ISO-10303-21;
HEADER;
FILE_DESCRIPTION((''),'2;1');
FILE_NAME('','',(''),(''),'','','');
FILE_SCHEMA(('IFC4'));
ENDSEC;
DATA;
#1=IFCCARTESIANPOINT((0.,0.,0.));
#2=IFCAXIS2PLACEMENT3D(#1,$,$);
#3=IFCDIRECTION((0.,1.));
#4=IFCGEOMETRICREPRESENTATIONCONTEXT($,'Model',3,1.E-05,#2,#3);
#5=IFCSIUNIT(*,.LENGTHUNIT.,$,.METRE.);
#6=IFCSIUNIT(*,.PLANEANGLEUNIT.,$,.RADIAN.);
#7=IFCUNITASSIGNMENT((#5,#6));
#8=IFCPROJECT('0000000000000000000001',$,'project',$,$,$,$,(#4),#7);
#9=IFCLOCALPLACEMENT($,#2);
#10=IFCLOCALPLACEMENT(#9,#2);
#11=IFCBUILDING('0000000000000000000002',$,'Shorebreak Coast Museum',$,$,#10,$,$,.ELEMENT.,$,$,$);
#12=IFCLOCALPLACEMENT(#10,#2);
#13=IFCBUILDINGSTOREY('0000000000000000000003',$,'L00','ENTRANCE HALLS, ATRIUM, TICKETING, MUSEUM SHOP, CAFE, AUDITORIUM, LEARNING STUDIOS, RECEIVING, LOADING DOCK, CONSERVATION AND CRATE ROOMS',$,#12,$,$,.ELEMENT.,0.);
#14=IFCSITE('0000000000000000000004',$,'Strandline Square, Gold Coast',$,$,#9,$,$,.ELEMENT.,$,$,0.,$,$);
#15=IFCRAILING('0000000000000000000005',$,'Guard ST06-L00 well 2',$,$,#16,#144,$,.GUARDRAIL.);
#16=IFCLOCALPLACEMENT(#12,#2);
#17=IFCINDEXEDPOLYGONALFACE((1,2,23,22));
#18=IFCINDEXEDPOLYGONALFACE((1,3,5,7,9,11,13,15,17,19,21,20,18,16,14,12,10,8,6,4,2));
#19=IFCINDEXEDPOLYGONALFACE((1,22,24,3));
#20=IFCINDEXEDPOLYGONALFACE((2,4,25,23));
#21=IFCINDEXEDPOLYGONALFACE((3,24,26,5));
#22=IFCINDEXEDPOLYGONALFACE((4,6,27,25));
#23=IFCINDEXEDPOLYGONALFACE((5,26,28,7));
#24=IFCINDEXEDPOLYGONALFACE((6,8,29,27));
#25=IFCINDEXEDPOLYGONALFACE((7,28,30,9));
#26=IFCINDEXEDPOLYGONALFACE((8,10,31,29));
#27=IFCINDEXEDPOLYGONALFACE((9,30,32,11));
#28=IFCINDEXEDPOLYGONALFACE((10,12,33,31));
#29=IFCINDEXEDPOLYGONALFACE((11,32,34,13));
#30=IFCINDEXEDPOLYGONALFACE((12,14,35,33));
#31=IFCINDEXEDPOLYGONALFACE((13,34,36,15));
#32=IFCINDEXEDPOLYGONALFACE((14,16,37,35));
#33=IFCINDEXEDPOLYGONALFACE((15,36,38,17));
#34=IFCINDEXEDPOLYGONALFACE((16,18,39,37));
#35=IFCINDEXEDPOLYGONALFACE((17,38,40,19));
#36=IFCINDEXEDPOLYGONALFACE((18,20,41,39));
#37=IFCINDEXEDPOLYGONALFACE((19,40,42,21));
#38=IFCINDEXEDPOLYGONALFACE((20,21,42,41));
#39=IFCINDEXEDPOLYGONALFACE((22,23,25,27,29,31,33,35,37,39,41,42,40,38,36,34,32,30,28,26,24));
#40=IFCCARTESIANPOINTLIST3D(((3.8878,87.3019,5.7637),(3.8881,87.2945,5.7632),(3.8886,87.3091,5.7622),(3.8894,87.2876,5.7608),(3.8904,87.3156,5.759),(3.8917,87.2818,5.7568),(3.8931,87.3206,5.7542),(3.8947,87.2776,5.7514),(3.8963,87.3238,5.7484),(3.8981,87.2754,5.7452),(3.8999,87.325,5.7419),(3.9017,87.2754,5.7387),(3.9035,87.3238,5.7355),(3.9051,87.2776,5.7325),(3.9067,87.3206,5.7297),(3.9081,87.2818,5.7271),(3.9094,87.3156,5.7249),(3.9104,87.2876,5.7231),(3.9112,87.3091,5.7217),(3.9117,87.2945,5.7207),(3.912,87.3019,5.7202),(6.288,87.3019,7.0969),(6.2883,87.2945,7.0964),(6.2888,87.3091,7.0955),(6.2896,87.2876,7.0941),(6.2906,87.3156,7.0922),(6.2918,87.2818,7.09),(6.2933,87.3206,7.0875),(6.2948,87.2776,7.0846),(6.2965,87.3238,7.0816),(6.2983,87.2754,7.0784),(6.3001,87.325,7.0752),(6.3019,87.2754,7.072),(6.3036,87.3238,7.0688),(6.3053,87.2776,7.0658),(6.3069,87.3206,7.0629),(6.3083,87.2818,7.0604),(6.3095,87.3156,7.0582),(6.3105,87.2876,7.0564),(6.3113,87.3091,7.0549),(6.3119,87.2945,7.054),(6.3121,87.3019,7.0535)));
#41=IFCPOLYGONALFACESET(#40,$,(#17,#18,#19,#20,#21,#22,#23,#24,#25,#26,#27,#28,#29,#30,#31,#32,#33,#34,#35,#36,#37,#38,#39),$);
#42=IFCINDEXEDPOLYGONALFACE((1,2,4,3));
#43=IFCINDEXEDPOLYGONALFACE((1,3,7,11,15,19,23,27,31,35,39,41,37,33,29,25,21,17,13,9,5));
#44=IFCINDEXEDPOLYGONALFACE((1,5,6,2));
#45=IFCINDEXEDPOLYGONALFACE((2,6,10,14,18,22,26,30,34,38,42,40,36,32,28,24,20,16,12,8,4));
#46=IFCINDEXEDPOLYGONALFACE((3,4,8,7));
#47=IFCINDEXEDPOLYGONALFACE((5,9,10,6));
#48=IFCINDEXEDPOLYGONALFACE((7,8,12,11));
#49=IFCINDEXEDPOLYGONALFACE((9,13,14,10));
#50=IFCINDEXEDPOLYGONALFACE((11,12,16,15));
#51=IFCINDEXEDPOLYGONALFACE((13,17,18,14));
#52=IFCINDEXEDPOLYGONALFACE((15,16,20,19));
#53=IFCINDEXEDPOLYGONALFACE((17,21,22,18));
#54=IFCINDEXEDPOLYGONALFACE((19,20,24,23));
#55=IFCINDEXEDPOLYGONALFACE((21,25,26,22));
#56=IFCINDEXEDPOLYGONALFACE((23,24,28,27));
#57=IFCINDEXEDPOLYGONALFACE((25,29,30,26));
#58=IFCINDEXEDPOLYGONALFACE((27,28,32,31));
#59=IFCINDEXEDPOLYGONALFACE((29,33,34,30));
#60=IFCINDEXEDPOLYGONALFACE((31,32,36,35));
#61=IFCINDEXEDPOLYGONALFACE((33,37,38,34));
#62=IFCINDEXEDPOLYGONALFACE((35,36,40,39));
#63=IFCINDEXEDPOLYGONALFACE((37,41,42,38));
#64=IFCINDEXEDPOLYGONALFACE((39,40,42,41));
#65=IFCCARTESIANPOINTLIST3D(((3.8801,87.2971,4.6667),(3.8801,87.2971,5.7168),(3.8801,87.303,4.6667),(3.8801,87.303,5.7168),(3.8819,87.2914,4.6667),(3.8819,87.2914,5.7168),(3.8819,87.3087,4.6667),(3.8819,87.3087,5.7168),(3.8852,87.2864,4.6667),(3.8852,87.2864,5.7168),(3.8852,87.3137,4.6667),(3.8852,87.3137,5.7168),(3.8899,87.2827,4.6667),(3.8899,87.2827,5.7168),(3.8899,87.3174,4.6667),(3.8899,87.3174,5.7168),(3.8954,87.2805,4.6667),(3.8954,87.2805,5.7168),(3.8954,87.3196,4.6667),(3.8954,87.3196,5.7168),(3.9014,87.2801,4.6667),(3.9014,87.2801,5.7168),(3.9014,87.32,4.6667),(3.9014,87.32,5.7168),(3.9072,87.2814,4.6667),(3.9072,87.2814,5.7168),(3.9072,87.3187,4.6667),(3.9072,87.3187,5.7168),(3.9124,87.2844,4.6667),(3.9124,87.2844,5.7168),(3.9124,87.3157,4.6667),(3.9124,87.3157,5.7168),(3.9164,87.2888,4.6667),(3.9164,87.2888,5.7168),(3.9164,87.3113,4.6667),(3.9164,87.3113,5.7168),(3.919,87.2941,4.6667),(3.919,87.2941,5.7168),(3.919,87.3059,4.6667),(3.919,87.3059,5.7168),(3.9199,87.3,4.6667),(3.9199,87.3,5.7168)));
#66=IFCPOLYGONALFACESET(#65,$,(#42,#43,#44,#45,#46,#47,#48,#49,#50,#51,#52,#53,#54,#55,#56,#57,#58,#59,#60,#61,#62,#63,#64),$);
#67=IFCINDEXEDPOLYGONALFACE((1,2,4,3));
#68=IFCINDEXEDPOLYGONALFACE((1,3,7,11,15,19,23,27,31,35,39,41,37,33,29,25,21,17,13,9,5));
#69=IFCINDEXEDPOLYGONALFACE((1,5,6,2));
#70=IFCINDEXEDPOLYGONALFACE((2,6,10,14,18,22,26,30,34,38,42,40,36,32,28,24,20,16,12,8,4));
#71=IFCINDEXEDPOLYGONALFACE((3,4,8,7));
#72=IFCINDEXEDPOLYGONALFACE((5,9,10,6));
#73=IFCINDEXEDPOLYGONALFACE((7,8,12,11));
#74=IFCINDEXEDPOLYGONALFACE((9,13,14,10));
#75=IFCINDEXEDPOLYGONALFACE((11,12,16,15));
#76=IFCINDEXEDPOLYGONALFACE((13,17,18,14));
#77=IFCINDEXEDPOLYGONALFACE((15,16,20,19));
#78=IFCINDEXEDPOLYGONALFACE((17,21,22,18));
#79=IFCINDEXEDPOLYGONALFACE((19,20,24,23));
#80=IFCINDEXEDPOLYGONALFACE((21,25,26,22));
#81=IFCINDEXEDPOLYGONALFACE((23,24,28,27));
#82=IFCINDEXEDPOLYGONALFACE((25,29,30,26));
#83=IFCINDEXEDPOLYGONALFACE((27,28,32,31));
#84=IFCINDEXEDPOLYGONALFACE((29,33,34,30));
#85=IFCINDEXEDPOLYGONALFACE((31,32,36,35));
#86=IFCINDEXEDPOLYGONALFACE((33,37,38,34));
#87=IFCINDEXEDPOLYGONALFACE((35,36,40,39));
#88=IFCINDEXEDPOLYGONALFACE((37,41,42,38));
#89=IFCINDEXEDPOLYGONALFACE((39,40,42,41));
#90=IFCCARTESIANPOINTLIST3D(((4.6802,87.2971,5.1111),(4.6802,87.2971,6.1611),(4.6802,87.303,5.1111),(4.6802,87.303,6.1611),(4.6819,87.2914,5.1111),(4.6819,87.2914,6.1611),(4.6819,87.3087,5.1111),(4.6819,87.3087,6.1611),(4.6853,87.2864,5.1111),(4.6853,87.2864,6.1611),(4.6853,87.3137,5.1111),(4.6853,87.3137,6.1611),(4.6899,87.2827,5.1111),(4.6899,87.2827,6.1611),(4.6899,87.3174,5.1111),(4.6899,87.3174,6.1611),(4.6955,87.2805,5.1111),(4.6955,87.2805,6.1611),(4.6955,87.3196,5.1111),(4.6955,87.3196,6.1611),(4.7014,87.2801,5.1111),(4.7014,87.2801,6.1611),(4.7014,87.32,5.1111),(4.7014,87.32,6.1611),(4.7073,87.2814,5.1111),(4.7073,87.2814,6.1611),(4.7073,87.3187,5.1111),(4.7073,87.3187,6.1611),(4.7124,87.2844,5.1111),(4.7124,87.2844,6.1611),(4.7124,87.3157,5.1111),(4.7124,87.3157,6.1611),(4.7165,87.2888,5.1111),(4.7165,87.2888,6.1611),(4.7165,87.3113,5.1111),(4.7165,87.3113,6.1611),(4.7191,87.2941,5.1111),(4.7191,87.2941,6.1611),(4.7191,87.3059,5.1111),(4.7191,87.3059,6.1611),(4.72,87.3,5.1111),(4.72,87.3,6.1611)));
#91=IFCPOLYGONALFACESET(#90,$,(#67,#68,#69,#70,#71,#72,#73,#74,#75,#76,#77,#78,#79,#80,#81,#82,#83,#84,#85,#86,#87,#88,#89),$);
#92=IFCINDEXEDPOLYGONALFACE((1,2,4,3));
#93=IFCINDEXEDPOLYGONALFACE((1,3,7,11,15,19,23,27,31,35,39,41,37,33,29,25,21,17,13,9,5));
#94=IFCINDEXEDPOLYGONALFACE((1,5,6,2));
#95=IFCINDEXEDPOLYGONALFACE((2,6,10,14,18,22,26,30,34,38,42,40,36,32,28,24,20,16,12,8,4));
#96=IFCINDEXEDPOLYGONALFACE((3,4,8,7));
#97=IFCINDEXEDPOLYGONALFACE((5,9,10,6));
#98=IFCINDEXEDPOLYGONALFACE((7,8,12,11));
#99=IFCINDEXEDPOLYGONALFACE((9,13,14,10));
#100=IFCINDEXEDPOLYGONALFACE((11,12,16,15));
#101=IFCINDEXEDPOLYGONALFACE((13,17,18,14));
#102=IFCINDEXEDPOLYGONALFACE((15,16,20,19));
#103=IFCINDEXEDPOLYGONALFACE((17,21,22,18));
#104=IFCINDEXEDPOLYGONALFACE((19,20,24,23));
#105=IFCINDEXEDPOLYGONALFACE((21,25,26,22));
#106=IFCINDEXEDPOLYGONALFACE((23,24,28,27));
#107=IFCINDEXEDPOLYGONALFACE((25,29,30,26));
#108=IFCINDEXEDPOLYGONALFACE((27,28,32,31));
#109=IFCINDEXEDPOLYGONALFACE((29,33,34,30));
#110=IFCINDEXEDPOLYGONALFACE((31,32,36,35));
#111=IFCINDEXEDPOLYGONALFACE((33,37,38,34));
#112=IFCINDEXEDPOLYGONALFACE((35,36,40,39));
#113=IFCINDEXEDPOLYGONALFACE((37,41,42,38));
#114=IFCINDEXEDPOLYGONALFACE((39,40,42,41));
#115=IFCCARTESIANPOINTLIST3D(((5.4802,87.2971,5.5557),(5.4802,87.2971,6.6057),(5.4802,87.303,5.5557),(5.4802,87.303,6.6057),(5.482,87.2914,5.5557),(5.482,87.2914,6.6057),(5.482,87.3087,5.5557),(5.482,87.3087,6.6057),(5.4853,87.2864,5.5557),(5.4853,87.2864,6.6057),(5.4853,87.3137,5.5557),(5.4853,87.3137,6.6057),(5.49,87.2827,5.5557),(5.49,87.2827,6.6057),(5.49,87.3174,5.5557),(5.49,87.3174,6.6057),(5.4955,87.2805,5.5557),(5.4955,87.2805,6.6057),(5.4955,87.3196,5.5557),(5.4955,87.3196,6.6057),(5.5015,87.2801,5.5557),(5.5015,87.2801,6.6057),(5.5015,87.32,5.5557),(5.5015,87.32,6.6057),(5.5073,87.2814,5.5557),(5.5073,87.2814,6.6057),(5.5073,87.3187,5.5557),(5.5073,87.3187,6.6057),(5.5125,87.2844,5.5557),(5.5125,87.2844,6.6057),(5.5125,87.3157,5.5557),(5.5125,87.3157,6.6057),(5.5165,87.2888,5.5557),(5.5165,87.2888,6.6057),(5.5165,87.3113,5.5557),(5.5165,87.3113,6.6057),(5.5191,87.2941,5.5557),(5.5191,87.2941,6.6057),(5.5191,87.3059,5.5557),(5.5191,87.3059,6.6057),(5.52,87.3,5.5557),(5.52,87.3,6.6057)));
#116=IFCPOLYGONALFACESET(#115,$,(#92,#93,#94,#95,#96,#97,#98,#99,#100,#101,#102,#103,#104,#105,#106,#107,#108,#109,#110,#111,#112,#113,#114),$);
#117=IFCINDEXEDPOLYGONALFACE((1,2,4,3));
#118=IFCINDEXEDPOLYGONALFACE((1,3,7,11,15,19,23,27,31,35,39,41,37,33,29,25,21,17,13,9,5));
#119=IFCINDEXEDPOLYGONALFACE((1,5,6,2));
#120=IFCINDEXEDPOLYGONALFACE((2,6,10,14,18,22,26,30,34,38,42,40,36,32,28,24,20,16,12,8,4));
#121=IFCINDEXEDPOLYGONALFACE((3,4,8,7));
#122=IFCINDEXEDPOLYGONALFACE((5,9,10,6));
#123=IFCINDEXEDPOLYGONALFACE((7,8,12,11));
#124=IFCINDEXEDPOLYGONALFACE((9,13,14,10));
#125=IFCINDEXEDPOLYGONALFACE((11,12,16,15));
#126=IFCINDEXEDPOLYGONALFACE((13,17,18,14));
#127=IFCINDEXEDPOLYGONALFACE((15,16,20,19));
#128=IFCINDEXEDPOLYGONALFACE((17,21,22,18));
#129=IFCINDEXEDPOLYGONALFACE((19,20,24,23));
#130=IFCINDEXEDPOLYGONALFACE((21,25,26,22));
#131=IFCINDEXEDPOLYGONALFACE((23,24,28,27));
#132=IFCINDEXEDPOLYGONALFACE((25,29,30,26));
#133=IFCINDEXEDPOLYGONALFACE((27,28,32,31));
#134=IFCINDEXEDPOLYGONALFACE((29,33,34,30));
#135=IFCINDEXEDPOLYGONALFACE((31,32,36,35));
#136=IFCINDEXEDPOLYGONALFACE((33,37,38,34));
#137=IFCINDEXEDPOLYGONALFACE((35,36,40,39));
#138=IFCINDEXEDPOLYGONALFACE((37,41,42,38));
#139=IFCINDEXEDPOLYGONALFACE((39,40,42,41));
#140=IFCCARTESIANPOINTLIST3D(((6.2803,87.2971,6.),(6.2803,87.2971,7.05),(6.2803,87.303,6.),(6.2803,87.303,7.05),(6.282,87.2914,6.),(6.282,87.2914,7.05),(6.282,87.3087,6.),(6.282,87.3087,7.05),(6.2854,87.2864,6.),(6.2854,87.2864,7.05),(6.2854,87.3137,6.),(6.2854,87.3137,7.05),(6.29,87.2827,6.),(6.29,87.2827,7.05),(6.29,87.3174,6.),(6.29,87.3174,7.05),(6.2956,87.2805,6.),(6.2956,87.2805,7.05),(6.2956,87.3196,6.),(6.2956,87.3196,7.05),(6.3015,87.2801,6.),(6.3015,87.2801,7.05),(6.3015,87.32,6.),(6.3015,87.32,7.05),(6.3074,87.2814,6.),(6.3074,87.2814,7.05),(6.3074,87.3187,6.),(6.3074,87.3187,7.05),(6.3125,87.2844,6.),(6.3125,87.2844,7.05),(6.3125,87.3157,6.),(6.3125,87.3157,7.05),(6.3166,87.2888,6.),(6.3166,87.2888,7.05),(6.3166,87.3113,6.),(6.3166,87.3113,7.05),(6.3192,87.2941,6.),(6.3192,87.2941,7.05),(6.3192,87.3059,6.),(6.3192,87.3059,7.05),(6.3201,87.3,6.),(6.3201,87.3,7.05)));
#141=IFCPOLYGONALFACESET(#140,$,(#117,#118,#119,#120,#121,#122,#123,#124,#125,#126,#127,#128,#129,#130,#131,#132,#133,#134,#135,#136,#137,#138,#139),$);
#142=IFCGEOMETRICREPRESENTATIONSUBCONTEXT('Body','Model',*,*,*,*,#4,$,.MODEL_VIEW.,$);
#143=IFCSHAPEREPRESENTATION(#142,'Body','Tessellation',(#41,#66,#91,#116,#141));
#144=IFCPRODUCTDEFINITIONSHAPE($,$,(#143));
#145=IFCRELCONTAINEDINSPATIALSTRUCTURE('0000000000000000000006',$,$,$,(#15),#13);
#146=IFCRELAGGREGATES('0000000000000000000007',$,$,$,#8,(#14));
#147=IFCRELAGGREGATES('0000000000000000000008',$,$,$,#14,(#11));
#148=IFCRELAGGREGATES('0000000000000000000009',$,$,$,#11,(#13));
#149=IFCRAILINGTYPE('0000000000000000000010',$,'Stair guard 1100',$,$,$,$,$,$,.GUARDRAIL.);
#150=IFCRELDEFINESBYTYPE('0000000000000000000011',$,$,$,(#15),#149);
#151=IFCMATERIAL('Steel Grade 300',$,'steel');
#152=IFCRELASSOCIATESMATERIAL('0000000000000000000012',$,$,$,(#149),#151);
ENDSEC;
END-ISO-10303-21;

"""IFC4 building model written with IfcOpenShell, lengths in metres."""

from ifc_helpers import new_model, si_unit, direction, frame, origin, origin_2d, place, context, subcontext, project, spatial, circle, extrude, material, type_object, element, save


model = new_model("IFC4")

# Units and contexts
model_context = context("Model", 3, precision=1e-05, world=origin(), true_north=direction((0.0, 1.0)))
body_context = subcontext(model_context, "Body", "Model", "MODEL_VIEW")
ifc_project = project(units=[si_unit("LENGTHUNIT", "METRE"), si_unit("PLANEANGLEUNIT", "RADIAN")], contexts=[model_context])

# Site, building, storey
site_placement = place(None, origin())
site = spatial("IfcSite", under=ifc_project, at=site_placement, Name="Strandline Square, Gold Coast", CompositionType="ELEMENT", RefElevation=0.0)
building_placement = place(site_placement, origin())
building = spatial("IfcBuilding", under=site, at=building_placement, Name="Shorebreak Coast Museum", CompositionType="ELEMENT")
storey_placement = place(building_placement, origin())
storey = spatial("IfcBuildingStorey", under=building, at=storey_placement, Name="L00", Description="ENTRANCE HALLS, ATRIUM, TICKETING, MUSEUM SHOP, CAFE, AUDITORIUM, LEARNING STUDIOS, RECEIVING, LOADING DOCK, CONSERVATION AND CRATE ROOMS", CompositionType="ELEMENT", Elevation=0.0)

# Railing
ifc_material_1 = material(Name="Steel Grade 300", Category="steel")
railing_type_1 = type_object("IfcRailingType", Name="Stair guard 1100", PredefinedType="GUARDRAIL", material=ifc_material_1)
for number, where, name in (
    (1, (3.8999, 87.3, 4.6667), "Guard ST06-L00 well 2"),
):
    element("IfcRailing", number, at=place(storey_placement, frame(where)), inside=storey, type_object=railing_type_1, Name=name, PredefinedType="GUARDRAIL", context=body_context, shape_type="SweptSolid", body=[
        extrude(circle(Radius=0.0249, at=origin_2d()), frame((0.0, 0.0, 1.0752), z_axis=(0.874182, 0.0, 0.485598), x_axis=(0.0, 1.0, 0.0)), (0.0, 0.0, 1.0), 2.7456),
        extrude(circle(Radius=0.02, at=origin_2d()), origin(), (0.0, 0.0, 1.0), 1.05),
        extrude(circle(Radius=0.02, at=origin_2d()), frame((0.8, 0.0, 0.4443)), (0.0, 0.0, 1.0), 1.05),
        extrude(circle(Radius=0.02, at=origin_2d()), frame((1.6001, 0.0, 0.8889)), (0.0, 0.0, 1.0), 1.05),
        extrude(circle(Radius=0.02, at=origin_2d()), frame((2.4001, 0.0, 1.3333)), (0.0, 0.0, 1.0), 1.05),
    ])

save(model, "model.ifc")
